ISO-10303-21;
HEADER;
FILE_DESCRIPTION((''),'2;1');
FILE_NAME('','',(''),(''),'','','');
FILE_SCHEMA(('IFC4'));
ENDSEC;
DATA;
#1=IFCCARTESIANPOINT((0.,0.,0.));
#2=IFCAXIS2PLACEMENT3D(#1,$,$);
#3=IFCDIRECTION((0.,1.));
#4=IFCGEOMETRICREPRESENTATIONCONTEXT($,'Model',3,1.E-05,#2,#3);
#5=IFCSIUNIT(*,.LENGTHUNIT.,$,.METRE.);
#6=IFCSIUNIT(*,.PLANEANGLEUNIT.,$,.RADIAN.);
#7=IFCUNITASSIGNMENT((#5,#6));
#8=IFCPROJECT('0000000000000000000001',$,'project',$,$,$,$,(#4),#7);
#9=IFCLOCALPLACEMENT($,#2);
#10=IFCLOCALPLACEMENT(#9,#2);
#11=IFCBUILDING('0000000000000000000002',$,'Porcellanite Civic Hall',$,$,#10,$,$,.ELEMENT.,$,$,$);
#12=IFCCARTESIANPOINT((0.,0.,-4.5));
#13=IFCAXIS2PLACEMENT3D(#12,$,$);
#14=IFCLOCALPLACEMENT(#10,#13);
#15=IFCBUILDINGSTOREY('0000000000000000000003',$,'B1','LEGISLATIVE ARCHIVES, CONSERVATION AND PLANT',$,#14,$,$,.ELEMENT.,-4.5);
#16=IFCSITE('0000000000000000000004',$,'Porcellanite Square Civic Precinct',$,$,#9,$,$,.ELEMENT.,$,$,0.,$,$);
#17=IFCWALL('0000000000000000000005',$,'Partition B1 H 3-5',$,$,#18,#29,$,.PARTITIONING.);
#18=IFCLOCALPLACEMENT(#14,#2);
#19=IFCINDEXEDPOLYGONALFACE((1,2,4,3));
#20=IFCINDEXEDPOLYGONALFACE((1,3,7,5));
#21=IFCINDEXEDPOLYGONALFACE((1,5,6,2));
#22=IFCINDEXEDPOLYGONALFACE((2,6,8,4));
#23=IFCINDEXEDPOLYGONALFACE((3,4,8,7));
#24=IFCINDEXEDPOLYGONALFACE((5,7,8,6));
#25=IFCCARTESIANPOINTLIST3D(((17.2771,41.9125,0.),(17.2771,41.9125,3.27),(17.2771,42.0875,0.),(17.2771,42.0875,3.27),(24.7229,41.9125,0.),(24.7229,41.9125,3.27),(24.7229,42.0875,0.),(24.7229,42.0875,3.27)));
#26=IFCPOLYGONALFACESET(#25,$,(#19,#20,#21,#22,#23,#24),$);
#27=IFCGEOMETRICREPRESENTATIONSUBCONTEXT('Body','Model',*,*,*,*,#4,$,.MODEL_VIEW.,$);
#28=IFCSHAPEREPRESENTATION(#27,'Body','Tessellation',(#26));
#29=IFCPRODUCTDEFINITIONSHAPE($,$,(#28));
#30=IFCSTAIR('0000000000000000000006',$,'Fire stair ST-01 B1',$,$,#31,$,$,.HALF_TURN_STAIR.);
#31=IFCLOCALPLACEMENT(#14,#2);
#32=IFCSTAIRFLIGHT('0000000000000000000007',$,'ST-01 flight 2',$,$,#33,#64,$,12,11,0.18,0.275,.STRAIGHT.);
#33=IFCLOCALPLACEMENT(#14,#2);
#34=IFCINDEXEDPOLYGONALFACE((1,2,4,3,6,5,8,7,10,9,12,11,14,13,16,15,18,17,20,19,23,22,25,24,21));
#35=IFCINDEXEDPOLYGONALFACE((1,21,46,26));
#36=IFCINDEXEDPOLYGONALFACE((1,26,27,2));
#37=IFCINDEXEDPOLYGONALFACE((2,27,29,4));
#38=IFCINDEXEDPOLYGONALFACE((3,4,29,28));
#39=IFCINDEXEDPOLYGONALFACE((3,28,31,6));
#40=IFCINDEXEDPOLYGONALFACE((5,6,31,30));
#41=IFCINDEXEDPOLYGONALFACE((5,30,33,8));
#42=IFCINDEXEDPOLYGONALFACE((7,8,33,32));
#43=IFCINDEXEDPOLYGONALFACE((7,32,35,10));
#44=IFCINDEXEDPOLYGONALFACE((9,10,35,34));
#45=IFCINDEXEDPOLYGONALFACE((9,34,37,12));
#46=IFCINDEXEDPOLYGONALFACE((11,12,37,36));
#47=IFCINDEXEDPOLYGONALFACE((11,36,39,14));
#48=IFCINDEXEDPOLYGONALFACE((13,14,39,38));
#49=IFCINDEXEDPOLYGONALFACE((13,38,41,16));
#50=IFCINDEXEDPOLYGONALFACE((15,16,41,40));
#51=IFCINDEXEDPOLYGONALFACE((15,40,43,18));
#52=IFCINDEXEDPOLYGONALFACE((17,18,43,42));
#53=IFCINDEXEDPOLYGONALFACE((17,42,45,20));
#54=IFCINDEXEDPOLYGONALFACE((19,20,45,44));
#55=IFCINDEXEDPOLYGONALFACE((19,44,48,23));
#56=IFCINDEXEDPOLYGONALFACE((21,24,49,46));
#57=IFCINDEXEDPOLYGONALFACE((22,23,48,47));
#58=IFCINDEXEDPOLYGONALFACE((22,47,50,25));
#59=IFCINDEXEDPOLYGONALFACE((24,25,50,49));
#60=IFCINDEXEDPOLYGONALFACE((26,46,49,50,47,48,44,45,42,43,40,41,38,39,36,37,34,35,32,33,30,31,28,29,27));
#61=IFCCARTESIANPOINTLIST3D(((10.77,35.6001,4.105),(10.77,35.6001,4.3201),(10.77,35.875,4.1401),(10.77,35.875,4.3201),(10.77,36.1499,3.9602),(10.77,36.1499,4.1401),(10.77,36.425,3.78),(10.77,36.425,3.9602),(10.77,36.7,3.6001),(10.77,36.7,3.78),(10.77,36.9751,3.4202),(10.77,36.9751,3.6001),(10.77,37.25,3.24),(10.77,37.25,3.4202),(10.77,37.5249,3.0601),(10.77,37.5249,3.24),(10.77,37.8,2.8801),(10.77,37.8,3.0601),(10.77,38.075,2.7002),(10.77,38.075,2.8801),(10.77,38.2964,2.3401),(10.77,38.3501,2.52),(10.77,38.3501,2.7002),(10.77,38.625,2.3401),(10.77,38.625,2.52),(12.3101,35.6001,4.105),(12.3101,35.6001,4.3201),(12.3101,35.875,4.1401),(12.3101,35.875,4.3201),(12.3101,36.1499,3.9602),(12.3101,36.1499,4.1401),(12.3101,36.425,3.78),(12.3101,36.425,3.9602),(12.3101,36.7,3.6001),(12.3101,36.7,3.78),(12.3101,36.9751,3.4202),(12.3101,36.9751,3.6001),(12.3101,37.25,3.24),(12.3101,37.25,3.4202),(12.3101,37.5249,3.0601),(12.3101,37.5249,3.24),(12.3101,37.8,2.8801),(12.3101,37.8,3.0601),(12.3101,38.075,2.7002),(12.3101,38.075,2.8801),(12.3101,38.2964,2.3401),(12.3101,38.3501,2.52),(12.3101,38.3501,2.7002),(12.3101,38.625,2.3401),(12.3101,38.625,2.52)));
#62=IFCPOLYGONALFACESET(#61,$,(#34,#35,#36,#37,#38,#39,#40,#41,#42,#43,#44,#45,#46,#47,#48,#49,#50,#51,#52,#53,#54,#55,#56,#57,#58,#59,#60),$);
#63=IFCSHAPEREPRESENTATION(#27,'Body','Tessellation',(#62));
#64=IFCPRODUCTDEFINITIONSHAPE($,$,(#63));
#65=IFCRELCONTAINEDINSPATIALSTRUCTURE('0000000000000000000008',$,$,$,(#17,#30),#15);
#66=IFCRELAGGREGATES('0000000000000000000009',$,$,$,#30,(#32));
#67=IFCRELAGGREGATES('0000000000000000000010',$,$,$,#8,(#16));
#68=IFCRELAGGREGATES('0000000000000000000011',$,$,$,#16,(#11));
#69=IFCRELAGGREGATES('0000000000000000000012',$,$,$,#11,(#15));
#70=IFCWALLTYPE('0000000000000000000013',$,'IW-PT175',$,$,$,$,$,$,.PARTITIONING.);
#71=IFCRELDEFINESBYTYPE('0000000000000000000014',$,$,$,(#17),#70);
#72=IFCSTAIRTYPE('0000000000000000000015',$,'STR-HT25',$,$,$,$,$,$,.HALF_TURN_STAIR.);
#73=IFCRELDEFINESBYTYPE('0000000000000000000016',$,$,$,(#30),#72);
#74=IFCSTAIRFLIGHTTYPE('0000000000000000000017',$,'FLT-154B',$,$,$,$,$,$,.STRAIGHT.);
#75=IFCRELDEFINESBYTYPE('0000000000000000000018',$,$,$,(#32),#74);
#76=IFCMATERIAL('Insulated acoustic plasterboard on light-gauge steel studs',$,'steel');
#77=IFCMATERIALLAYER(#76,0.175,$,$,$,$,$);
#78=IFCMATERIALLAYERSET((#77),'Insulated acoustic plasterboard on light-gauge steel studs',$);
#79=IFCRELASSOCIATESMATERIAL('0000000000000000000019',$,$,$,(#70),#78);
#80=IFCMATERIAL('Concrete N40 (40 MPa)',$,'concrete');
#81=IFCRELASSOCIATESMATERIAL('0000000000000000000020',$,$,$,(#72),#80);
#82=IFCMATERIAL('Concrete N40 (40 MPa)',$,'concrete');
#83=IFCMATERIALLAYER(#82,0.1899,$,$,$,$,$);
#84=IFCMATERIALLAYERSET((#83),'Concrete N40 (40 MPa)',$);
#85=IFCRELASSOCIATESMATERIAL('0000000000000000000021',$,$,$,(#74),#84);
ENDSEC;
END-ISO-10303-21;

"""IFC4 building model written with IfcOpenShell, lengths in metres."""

from ifc_helpers import new_model, si_unit, direction, frame, frame_2d, origin, place, context, subcontext, project, spatial, polyline, rectangle, outline, extrude, material, layer, layer_set, type_object, element, aggregate, save


model = new_model("IFC4")

# Units and contexts
model_context = context("Model", 3, precision=1e-05, world=origin(), true_north=direction((0.0, 1.0)))
body_context = subcontext(model_context, "Body", "Model", "MODEL_VIEW")
ifc_project = project(units=[si_unit("LENGTHUNIT", "METRE"), si_unit("PLANEANGLEUNIT", "RADIAN")], contexts=[model_context])

# Site, building, storey
site_placement = place(None, origin())
site = spatial("IfcSite", under=ifc_project, at=site_placement, Name="Porcellanite Square Civic Precinct", CompositionType="ELEMENT", RefElevation=0.0)
building_placement = place(site_placement, origin())
building = spatial("IfcBuilding", under=site, at=building_placement, Name="Porcellanite Civic Hall", CompositionType="ELEMENT")
storey_placement = place(building_placement, frame((0.0, 0.0, -4.5)))
storey = spatial("IfcBuildingStorey", under=building, at=storey_placement, Name="B1", Description="LEGISLATIVE ARCHIVES, CONSERVATION AND PLANT", CompositionType="ELEMENT", Elevation=-4.5)

# Wall
ifc_material_1 = material(Name="Insulated acoustic plasterboard on light-gauge steel studs", Category="steel")
ifc_layer_1 = layer(ifc_material_1, 0.175)
ifc_layer_set_1 = layer_set([ifc_layer_1], Name="Insulated acoustic plasterboard on light-gauge steel studs")
wall_type_1 = type_object("IfcWallType", Name="IW-PT175", PredefinedType="PARTITIONING", material=ifc_layer_set_1)
wall_1_placement = place(storey_placement, frame((17.2771, 42.0, 0.0), z_axis=(0.0, 0.0, 1.0), x_axis=(1.0, 0.0, 0.0)))
element("IfcWall", 1, at=wall_1_placement, inside=storey, type_object=wall_type_1, Name="Partition B1 H 3-5", PredefinedType="PARTITIONING", context=body_context, shape_type="SweptSolid", body=[
    extrude(rectangle(XDim=7.4458, YDim=0.175, at=frame_2d((3.7229, 0.0))), origin(), (0.0, 0.0, 1.0), 3.27),
])

# Stair, stair flight
ifc_material_2 = material(Name="Concrete N40 (40 MPa)", Category="concrete")
stair_type = type_object("IfcStairType", Name="STR-HT25", PredefinedType="HALF_TURN_STAIR", material=ifc_material_2)
stair_placement = place(storey_placement, origin())
stair = element("IfcStair", 2, at=stair_placement, inside=storey, type_object=stair_type, Name="Fire stair ST-01 B1", PredefinedType="HALF_TURN_STAIR")
ifc_material_3 = material(Name="Concrete N40 (40 MPa)", Category="concrete")
ifc_layer_2 = layer(ifc_material_3, 0.1899)
ifc_layer_set_2 = layer_set([ifc_layer_2], Name="Concrete N40 (40 MPa)")
stair_flight_type = type_object("IfcStairFlightType", Name="FLT-154B", PredefinedType="STRAIGHT", material=ifc_layer_set_2)
stair_flight_placement = place(storey_placement, frame((11.54, 38.625, 2.3401), z_axis=(0.0, 0.0, 1.0), x_axis=(0.0, -1.0, 0.0)))
stair_flight = element("IfcStairFlight", 3, at=stair_flight_placement, type_object=stair_flight_type, Name="ST-01 flight 2", NumberOfRisers=12, NumberOfTreads=11, PredefinedType="STRAIGHT", RiserHeight=0.18, TreadLength=0.275, context=body_context, shape_type="SweptSolid", body=[
    extrude(outline(polyline([(0.0, 0.0), (0.0, 0.1799), (0.2749, 0.1799), (0.2749, 0.3601), (0.55, 0.3601), (0.55, 0.54), (0.825, 0.54), (0.825, 0.72), (1.1001, 0.72), (1.1001, 0.8999), (1.375, 0.8999), (1.375, 1.0801), (1.6499, 1.0801), (1.6499, 1.26), (1.925, 1.26), (1.925, 1.4399), (2.2, 1.4399), (2.2, 1.6201), (2.4751, 1.6201), (2.4751, 1.8), (2.75, 1.8), (2.75, 1.98), (3.0249, 1.98), (3.0249, 2.1599), (3.0249, 1.7649), (0.3286, 0.0), (0.0, 0.0)])), frame((0.0, 0.77, 0.0), z_axis=(0.0, -1.0, 0.0), x_axis=(1.0, 0.0, 0.0)), (0.0, 0.0, 1.0), 1.54),
])
aggregate(stair, [stair_flight])

save(model, "model.ifc")
